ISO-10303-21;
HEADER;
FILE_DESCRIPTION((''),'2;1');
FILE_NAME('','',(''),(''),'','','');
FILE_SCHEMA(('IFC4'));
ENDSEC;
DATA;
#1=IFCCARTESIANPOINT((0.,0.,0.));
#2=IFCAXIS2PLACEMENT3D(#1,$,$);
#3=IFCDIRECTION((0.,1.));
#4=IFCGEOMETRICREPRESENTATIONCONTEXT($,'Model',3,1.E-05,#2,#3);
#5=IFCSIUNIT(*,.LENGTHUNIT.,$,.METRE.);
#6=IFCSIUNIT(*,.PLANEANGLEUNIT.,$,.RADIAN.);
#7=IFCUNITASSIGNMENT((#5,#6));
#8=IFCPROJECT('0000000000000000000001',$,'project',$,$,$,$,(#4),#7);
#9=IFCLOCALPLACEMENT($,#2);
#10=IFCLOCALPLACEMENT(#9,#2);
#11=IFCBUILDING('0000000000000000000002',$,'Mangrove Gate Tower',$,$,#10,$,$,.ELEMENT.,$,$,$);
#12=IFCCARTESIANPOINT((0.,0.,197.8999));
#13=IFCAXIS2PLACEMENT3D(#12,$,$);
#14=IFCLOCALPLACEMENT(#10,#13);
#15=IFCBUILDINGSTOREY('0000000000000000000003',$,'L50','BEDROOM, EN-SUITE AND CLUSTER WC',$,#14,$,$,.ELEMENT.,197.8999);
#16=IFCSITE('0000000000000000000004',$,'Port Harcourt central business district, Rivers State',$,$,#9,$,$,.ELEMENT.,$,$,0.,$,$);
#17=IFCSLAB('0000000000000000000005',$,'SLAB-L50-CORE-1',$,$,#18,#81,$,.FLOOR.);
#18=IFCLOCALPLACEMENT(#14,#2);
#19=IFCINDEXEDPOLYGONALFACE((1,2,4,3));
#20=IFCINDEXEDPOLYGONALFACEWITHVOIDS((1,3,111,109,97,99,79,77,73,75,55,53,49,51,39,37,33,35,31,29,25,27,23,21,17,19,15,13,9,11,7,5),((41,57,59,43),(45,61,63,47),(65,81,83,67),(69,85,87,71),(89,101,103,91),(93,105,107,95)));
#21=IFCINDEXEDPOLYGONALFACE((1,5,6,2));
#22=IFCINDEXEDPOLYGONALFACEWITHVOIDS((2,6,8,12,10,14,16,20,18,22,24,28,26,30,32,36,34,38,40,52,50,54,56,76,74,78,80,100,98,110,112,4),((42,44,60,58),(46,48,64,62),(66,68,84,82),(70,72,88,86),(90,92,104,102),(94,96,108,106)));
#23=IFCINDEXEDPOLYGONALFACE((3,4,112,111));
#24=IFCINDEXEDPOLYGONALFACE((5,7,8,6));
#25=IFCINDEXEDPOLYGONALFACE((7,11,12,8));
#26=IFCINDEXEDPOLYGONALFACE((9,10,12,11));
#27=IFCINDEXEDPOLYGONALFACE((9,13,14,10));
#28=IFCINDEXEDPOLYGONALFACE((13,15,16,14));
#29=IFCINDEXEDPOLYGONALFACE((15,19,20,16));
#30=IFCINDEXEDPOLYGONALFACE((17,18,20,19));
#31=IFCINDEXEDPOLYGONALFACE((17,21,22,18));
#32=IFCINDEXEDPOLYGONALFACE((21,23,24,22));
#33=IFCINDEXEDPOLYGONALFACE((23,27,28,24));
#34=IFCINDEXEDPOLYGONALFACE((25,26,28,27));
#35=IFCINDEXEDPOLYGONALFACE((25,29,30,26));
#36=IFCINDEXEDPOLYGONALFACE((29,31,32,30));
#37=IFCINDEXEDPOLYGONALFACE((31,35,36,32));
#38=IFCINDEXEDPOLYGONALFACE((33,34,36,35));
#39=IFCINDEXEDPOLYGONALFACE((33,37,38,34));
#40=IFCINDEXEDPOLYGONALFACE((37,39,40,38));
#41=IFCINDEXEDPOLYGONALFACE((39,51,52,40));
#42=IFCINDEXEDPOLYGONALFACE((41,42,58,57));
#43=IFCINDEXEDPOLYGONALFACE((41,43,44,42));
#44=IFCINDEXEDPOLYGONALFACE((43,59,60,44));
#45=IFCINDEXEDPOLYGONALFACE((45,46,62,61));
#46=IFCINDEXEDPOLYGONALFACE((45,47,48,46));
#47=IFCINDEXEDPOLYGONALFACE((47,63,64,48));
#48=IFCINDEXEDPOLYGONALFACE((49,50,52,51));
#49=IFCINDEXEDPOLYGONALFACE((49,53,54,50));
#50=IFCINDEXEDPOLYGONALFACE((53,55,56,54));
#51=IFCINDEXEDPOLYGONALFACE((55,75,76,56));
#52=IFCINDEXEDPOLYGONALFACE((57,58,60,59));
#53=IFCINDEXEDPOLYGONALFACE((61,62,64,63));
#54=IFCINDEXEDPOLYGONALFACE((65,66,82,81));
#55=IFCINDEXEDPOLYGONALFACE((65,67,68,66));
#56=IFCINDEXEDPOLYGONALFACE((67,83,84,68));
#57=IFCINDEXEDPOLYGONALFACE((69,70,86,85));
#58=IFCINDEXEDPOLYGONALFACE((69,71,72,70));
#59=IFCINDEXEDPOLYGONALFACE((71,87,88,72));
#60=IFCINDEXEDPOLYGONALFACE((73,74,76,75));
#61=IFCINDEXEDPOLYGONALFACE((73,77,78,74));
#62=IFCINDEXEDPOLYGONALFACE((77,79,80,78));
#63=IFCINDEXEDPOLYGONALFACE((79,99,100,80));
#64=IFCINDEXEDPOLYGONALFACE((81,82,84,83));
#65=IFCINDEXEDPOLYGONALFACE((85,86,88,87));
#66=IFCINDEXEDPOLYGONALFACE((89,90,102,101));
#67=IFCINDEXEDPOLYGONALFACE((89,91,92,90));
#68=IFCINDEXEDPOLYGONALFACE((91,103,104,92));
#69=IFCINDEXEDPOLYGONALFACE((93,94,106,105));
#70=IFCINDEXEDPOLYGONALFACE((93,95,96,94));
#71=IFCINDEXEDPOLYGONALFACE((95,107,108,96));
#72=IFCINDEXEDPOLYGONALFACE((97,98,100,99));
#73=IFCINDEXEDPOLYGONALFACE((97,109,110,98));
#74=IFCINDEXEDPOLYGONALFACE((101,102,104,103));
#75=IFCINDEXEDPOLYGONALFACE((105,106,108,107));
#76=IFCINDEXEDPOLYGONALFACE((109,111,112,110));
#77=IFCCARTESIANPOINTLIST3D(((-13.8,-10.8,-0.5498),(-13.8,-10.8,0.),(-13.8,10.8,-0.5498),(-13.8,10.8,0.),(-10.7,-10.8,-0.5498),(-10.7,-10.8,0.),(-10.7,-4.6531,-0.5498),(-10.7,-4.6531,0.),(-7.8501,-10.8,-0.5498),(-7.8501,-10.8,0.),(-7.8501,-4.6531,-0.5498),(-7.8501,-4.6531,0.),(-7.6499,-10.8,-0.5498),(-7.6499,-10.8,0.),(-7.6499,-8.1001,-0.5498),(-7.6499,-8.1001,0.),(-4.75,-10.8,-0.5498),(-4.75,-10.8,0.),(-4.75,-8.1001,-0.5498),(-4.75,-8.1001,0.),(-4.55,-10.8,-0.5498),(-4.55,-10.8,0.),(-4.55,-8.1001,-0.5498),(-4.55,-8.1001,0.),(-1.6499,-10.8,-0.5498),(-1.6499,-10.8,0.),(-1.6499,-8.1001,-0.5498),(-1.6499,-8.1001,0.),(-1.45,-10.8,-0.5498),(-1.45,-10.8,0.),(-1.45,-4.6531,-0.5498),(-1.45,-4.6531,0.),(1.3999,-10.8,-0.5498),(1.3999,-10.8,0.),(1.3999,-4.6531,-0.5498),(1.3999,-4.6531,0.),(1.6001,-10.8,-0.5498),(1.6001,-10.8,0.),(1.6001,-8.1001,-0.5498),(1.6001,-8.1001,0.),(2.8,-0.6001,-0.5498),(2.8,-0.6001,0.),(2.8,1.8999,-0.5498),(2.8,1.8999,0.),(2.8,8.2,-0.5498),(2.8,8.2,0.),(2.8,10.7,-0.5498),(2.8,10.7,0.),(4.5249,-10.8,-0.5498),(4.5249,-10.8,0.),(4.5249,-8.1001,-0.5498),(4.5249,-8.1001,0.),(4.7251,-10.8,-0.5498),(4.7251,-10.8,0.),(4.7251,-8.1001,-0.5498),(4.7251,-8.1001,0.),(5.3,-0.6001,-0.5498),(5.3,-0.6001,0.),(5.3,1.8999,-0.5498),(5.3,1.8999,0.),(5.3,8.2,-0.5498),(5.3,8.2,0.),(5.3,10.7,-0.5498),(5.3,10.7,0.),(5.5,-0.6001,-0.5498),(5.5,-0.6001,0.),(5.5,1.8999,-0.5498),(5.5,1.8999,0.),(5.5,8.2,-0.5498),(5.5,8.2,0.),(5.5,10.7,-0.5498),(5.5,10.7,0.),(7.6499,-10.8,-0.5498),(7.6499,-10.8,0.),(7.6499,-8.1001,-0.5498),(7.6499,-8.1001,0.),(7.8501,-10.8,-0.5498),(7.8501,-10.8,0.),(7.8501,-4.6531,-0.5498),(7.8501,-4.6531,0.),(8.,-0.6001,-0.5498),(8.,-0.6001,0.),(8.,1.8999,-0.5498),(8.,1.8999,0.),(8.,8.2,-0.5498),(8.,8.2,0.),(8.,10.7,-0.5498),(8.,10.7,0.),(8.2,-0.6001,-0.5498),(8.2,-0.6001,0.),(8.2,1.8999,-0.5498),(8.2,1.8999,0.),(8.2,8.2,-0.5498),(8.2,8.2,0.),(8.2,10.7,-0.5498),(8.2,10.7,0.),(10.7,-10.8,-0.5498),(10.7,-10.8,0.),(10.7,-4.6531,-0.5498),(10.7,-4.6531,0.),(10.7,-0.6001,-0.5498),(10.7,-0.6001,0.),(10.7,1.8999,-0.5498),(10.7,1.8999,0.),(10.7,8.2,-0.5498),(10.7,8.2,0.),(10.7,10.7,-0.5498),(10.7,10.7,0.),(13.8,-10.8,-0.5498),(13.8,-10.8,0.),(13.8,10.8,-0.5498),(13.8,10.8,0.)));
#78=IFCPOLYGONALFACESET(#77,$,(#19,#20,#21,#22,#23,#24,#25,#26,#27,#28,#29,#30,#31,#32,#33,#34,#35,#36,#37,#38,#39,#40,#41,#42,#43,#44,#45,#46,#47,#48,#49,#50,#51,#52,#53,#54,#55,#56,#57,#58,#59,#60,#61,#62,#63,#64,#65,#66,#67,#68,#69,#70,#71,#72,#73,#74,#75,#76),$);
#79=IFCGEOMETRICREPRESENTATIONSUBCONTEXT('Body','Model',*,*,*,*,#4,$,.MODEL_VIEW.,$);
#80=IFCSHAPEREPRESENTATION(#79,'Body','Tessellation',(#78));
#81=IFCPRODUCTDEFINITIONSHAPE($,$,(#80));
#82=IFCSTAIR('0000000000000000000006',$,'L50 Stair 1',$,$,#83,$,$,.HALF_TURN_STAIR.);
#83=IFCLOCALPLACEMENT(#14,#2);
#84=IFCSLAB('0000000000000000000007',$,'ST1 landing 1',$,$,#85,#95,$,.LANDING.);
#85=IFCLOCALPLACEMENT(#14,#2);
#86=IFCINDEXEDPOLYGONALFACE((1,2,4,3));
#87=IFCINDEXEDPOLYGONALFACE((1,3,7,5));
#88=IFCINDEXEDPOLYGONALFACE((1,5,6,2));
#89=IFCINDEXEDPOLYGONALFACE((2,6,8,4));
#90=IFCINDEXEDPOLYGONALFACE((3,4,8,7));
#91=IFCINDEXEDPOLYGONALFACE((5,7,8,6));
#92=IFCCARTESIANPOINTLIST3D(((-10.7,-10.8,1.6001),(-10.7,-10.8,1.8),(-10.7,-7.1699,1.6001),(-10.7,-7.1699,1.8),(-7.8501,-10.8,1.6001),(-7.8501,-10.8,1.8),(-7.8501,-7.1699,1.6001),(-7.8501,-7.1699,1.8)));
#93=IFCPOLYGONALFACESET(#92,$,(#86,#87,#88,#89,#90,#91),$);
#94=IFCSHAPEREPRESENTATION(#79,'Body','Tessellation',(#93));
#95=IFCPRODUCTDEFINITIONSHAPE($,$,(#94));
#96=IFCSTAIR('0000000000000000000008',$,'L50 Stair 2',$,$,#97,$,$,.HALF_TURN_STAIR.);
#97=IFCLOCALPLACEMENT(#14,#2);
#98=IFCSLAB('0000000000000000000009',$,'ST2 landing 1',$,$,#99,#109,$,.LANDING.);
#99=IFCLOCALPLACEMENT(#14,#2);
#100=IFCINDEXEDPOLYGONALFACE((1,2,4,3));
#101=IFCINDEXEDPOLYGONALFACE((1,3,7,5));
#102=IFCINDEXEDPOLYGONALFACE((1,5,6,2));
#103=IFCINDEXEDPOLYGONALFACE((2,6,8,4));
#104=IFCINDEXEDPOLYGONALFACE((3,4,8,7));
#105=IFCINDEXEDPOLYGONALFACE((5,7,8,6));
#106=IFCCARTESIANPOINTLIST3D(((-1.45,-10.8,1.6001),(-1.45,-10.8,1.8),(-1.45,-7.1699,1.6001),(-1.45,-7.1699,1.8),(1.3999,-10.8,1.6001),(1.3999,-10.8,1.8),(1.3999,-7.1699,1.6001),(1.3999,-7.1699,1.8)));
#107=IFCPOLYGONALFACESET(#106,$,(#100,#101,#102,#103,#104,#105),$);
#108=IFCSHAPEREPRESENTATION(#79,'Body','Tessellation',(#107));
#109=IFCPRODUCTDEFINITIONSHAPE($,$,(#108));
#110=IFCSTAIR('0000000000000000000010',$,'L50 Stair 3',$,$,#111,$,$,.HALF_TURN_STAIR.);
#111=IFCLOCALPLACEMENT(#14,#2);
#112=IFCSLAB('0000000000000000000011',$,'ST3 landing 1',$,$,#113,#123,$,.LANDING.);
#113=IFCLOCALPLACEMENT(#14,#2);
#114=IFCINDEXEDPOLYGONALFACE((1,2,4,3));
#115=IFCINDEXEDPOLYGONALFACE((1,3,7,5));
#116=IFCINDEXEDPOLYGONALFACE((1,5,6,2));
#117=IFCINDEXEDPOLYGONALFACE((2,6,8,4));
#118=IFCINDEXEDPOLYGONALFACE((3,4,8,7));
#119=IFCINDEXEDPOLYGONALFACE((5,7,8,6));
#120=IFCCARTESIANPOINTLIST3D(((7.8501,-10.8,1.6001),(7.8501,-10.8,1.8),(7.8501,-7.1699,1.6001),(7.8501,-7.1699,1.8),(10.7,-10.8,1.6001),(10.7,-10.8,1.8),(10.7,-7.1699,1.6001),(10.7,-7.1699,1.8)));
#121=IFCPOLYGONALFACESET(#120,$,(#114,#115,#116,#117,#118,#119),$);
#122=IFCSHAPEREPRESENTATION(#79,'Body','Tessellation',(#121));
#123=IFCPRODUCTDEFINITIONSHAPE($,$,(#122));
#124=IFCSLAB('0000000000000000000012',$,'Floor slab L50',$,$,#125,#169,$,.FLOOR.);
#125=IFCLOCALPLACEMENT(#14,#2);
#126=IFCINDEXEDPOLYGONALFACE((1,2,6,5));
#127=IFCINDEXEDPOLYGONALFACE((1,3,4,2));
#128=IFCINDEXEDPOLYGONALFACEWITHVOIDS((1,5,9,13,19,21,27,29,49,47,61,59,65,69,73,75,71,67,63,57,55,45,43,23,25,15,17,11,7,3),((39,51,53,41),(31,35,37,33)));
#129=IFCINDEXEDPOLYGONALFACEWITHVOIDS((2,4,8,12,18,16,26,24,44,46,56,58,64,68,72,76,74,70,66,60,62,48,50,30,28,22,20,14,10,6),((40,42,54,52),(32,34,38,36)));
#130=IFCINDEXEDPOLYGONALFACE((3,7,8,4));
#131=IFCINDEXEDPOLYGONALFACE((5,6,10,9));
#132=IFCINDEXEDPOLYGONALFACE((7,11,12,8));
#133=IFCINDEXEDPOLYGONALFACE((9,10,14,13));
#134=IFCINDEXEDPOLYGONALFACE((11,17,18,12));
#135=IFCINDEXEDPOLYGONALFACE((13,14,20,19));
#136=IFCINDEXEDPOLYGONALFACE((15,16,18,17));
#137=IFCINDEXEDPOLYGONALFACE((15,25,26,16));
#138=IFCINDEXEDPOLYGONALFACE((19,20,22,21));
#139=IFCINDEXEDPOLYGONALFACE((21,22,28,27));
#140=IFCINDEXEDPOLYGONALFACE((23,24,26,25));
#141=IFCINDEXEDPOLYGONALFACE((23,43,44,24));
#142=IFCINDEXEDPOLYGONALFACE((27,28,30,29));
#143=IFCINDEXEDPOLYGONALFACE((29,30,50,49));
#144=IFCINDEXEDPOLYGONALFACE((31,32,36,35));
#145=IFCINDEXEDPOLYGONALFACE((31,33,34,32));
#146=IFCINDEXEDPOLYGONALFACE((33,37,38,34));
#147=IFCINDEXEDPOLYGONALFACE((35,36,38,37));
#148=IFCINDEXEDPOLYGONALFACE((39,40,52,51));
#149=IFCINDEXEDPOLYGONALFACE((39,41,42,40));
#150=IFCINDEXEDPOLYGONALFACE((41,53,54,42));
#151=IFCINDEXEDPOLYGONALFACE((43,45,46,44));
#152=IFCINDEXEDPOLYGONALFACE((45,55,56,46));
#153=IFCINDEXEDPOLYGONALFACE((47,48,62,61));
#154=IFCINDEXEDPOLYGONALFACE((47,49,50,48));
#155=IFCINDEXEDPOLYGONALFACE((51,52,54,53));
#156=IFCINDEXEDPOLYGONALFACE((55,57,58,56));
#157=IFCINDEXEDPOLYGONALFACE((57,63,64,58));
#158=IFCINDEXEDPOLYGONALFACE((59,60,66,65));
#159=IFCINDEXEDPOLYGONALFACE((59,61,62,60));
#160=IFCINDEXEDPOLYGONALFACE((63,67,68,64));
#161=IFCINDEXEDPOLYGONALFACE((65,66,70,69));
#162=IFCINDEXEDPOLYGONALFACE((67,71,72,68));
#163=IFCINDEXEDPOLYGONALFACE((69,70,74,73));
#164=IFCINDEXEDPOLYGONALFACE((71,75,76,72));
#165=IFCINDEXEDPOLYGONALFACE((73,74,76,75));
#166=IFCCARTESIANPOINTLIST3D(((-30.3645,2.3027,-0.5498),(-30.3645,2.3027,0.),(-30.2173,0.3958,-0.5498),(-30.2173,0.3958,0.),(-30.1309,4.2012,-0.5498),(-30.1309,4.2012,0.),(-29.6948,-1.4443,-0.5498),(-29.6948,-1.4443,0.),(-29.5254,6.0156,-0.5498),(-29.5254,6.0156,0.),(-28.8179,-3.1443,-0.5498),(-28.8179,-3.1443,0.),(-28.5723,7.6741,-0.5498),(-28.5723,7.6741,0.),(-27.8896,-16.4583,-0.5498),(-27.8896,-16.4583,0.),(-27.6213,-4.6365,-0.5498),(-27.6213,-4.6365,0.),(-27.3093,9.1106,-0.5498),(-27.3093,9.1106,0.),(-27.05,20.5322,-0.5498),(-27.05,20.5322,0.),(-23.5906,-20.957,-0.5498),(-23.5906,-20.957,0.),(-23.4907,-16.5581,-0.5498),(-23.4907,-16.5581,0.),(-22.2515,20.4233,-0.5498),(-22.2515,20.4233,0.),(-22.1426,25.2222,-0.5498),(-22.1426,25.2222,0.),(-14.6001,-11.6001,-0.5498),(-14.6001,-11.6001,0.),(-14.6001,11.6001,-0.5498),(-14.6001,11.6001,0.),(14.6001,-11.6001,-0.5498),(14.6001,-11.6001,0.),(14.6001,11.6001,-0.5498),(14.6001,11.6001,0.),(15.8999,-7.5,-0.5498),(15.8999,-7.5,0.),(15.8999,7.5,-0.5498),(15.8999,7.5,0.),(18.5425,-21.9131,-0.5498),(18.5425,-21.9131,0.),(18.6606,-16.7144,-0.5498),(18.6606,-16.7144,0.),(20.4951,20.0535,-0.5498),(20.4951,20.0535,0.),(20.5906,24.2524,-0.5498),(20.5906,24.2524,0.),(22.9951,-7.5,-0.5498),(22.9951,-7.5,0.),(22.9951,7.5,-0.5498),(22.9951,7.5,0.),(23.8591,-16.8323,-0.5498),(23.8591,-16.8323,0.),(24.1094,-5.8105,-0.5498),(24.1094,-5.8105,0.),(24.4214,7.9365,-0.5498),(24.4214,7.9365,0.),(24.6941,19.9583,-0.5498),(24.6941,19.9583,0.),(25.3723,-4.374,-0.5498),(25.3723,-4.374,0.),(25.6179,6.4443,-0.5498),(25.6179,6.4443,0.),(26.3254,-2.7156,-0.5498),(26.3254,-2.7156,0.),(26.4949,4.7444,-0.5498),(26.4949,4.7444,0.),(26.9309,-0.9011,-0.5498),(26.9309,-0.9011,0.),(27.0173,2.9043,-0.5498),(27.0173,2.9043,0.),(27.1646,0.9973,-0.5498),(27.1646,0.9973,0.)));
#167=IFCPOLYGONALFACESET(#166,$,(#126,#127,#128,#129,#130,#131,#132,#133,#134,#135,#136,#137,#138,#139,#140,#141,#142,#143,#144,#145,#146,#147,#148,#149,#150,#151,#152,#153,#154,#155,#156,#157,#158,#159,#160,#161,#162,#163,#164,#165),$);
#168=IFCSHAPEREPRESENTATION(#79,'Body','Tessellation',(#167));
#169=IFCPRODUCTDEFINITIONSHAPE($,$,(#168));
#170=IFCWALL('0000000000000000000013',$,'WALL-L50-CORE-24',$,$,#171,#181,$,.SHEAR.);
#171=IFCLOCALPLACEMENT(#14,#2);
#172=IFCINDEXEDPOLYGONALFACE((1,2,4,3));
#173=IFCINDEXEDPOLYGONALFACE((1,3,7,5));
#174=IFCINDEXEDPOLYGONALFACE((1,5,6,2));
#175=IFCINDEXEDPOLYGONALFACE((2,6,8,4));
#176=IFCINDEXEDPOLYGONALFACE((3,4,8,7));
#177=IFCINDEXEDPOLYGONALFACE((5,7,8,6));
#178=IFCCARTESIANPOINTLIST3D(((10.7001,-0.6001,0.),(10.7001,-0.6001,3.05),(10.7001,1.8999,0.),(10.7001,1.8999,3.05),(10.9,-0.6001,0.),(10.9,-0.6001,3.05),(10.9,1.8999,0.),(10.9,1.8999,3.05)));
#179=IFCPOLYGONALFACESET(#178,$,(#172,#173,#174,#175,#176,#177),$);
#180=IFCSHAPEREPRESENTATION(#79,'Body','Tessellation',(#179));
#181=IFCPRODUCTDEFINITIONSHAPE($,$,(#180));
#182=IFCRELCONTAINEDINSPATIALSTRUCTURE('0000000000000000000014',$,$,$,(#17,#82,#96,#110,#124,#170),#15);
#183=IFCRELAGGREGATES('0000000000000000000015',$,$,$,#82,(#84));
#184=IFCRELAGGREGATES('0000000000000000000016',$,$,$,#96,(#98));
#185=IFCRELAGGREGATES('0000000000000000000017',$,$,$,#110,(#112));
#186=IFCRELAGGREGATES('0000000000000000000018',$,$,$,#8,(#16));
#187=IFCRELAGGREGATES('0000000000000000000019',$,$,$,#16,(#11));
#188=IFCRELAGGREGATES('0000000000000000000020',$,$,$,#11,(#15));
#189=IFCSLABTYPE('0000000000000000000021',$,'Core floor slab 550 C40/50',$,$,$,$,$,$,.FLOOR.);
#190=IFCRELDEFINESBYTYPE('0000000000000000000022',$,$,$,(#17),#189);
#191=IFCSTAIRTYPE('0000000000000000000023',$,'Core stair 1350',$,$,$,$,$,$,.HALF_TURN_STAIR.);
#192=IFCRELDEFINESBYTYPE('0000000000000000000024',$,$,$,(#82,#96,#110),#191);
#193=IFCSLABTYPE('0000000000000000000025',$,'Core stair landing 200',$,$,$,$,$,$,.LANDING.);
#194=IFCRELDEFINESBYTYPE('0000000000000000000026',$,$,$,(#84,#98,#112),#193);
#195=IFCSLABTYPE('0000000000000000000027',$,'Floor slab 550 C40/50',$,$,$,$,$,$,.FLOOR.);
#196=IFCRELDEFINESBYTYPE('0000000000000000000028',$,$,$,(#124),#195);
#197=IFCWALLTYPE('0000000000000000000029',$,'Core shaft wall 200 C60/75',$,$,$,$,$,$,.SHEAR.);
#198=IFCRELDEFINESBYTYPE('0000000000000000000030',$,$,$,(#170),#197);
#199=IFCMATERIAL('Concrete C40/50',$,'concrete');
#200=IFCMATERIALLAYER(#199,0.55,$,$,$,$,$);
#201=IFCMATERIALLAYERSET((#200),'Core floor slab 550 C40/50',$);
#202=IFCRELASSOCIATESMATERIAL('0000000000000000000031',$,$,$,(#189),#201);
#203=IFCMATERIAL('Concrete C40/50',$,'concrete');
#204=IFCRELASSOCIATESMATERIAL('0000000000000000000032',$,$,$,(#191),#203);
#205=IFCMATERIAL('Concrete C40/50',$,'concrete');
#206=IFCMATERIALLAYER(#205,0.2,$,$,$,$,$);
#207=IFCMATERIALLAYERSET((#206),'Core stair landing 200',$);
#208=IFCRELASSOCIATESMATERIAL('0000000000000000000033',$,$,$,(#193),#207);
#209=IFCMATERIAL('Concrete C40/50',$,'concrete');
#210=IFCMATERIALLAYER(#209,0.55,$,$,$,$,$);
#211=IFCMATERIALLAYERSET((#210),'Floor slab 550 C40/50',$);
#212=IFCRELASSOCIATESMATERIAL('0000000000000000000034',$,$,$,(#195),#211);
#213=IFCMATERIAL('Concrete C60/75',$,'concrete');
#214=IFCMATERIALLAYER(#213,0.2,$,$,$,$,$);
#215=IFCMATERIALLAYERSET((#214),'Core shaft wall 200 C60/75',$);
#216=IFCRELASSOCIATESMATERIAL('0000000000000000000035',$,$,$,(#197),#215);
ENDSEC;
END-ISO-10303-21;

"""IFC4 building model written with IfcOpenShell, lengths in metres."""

from ifc_helpers import new_model, si_unit, direction, frame, frame_2d, origin, place, context, subcontext, project, spatial, polyline, rectangle, outline, extrude, material, layer, layer_set, type_object, element, aggregate, save


model = new_model("IFC4")

# Units and contexts
model_context = context("Model", 3, precision=1e-05, world=origin(), true_north=direction((0.0, 1.0)))
body_context = subcontext(model_context, "Body", "Model", "MODEL_VIEW")
ifc_project = project(units=[si_unit("LENGTHUNIT", "METRE"), si_unit("PLANEANGLEUNIT", "RADIAN")], contexts=[model_context])

# Site, building, storey
site_placement = place(None, origin())
site = spatial("IfcSite", under=ifc_project, at=site_placement, Name="Port Harcourt central business district, Rivers State", CompositionType="ELEMENT", RefElevation=0.0)
building_placement = place(site_placement, origin())
building = spatial("IfcBuilding", under=site, at=building_placement, Name="Mangrove Gate Tower", CompositionType="ELEMENT")
storey_placement = place(building_placement, frame((0.0, 0.0, 197.8999)))
storey = spatial("IfcBuildingStorey", under=building, at=storey_placement, Name="L50", Description="BEDROOM, EN-SUITE AND CLUSTER WC", CompositionType="ELEMENT", Elevation=197.8999)

# Slab
ifc_material_1 = material(Name="Concrete C40/50", Category="concrete")
ifc_layer_1 = layer(ifc_material_1, 0.55)
ifc_layer_set_1 = layer_set([ifc_layer_1], Name="Core floor slab 550 C40/50")
slab_type_1 = type_object("IfcSlabType", Name="Core floor slab 550 C40/50", PredefinedType="FLOOR", material=ifc_layer_set_1)
slab_1_placement = place(storey_placement, frame((0.0, 0.0, -0.5498)))
element("IfcSlab", 1, at=slab_1_placement, inside=storey, type_object=slab_type_1, Name="SLAB-L50-CORE-1", PredefinedType="FLOOR", context=body_context, shape_type="SweptSolid", body=[
    extrude(outline(polyline([(-13.8, -10.8), (-13.8, 10.8), (13.8, 10.8), (13.8, -10.8), (10.7, -10.8), (10.7, -4.6531), (7.8501, -4.6531), (7.8501, -10.8), (7.6499, -10.8), (7.6499, -8.1001), (4.7251, -8.1001), (4.7251, -10.8), (4.5249, -10.8), (4.5249, -8.1001), (1.6001, -8.1001), (1.6001, -10.8), (1.3999, -10.8), (1.3999, -4.6531), (-1.45, -4.6531), (-1.45, -10.8), (-1.6499, -10.8), (-1.6499, -8.1001), (-4.55, -8.1001), (-4.55, -10.8), (-4.75, -10.8), (-4.75, -8.1001), (-7.6499, -8.1001), (-7.6499, -10.8), (-7.8501, -10.8), (-7.8501, -4.6531), (-10.7, -4.6531), (-10.7, -10.8), (-13.8, -10.8)]), holes=[polyline([(5.3, -0.6001), (5.3, 1.8999), (2.8, 1.8999), (2.8, -0.6001), (5.3, -0.6001)]), polyline([(5.3, 10.7), (2.8, 10.7), (2.8, 8.2), (5.3, 8.2), (5.3, 10.7)]), polyline([(8.0, -0.6001), (8.0, 1.8999), (5.5, 1.8999), (5.5, -0.6001), (8.0, -0.6001)]), polyline([(10.7, -0.6001), (10.7, 1.8999), (8.2, 1.8999), (8.2, -0.6001), (10.7, -0.6001)]), polyline([(8.0, 8.2), (8.0, 10.7), (5.5, 10.7), (5.5, 8.2), (8.0, 8.2)]), polyline([(10.7, 8.2), (10.7, 10.7), (8.2, 10.7), (8.2, 8.2), (10.7, 8.2)])]), origin(), (0.0, 0.0, 1.0), 0.5498),
])

# Stairs, slabs
ifc_material_2 = material(Name="Concrete C40/50", Category="concrete")
stair_type = type_object("IfcStairType", Name="Core stair 1350", PredefinedType="HALF_TURN_STAIR", material=ifc_material_2)
stair_1_placement = place(storey_placement, origin())
stair_1 = element("IfcStair", 2, at=stair_1_placement, inside=storey, type_object=stair_type, Name="L50 Stair 1", PredefinedType="HALF_TURN_STAIR")
ifc_material_3 = material(Name="Concrete C40/50", Category="concrete")
ifc_layer_2 = layer(ifc_material_3, 0.2)
ifc_layer_set_2 = layer_set([ifc_layer_2], Name="Core stair landing 200")
slab_type_2 = type_object("IfcSlabType", Name="Core stair landing 200", PredefinedType="LANDING", material=ifc_layer_set_2)
slab_2_placement = place(storey_placement, frame((0.0, 0.0, 1.6001)))
slab_2 = element("IfcSlab", 3, at=slab_2_placement, type_object=slab_type_2, Name="ST1 landing 1", PredefinedType="LANDING", context=body_context, shape_type="SweptSolid", body=[
    extrude(outline(polyline([(-10.7, -7.1699), (-10.7, -10.8), (-7.8501, -10.8), (-7.8501, -7.1699), (-10.7, -7.1699)])), origin(), (0.0, 0.0, 1.0), 0.2),
])
aggregate(stair_1, [slab_2])
stair_2_placement = place(storey_placement, origin())
stair_2 = element("IfcStair", 4, at=stair_2_placement, inside=storey, type_object=stair_type, Name="L50 Stair 2", PredefinedType="HALF_TURN_STAIR")
slab_3_placement = place(storey_placement, frame((0.0, 0.0, 1.6001)))
slab_3 = element("IfcSlab", 5, at=slab_3_placement, type_object=slab_type_2, Name="ST2 landing 1", PredefinedType="LANDING", context=body_context, shape_type="SweptSolid", body=[
    extrude(outline(polyline([(-1.45, -7.1699), (-1.45, -10.8), (1.3999, -10.8), (1.3999, -7.1699), (-1.45, -7.1699)])), origin(), (0.0, 0.0, 1.0), 0.2),
])
aggregate(stair_2, [slab_3])
stair_3_placement = place(storey_placement, origin())
stair_3 = element("IfcStair", 6, at=stair_3_placement, inside=storey, type_object=stair_type, Name="L50 Stair 3", PredefinedType="HALF_TURN_STAIR")
slab_4_placement = place(storey_placement, frame((0.0, 0.0, 1.6001)))
slab_4 = element("IfcSlab", 7, at=slab_4_placement, type_object=slab_type_2, Name="ST3 landing 1", PredefinedType="LANDING", context=body_context, shape_type="SweptSolid", body=[
    extrude(outline(polyline([(7.8501, -7.1699), (7.8501, -10.8), (10.7, -10.8), (10.7, -7.1699), (7.8501, -7.1699)])), origin(), (0.0, 0.0, 1.0), 0.2),
])
aggregate(stair_3, [slab_4])

# Slab
ifc_material_4 = material(Name="Concrete C40/50", Category="concrete")
ifc_layer_3 = layer(ifc_material_4, 0.55)
ifc_layer_set_3 = layer_set([ifc_layer_3], Name="Floor slab 550 C40/50")
slab_type_3 = type_object("IfcSlabType", Name="Floor slab 550 C40/50", PredefinedType="FLOOR", material=ifc_layer_set_3)
slab_5_placement = place(storey_placement, frame((0.0, 0.0, -0.5498)))
element("IfcSlab", 8, at=slab_5_placement, inside=storey, type_object=slab_type_3, Name="Floor slab L50", PredefinedType="FLOOR", context=body_context, shape_type="SweptSolid", body=[
    extrude(outline(polyline([(-23.5906, -20.957), (18.5425, -21.9131), (18.6606, -16.7144), (23.8591, -16.8323), (24.1094, -5.8105), (25.3723, -4.374), (26.3254, -2.7156), (26.9309, -0.9011), (27.1646, 0.9973), (27.0173, 2.9043), (26.4949, 4.7444), (25.6179, 6.4443), (24.4214, 7.9365), (24.6941, 19.9583), (20.4951, 20.0535), (20.5906, 24.2524), (-22.1426, 25.2222), (-22.2515, 20.4233), (-27.05, 20.5322), (-27.3093, 9.1106), (-28.5723, 7.6741), (-29.5254, 6.0156), (-30.1309, 4.2012), (-30.3645, 2.3027), (-30.2173, 0.3958), (-29.6948, -1.4443), (-28.8179, -3.1443), (-27.6213, -4.6365), (-27.8896, -16.4583), (-23.4907, -16.5581), (-23.5906, -20.957)]), holes=[polyline([(15.8999, 7.5), (22.9951, 7.5), (22.9951, -7.5), (15.8999, -7.5), (15.8999, 7.5)]), polyline([(-14.6001, -11.6001), (-14.6001, 11.6001), (14.6001, 11.6001), (14.6001, -11.6001), (-14.6001, -11.6001)])]), origin(), (0.0, 0.0, 1.0), 0.5498),
])

# Wall
ifc_material_5 = material(Name="Concrete C60/75", Category="concrete")
ifc_layer_4 = layer(ifc_material_5, 0.2)
ifc_layer_set_4 = layer_set([ifc_layer_4], Name="Core shaft wall 200 C60/75")
wall_type = type_object("IfcWallType", Name="Core shaft wall 200 C60/75", PredefinedType="SHEAR", material=ifc_layer_set_4)
wall_placement = place(storey_placement, frame((10.8, -0.6001, 0.0), z_axis=(0.0, 0.0, 1.0), x_axis=(0.0, 1.0, 0.0)))
element("IfcWall", 9, at=wall_placement, inside=storey, type_object=wall_type, Name="WALL-L50-CORE-24", PredefinedType="SHEAR", context=body_context, shape_type="SweptSolid", body=[
    extrude(rectangle(XDim=2.5, YDim=0.2, at=frame_2d((1.25, 0.0))), origin(), (0.0, 0.0, 1.0), 3.05),
])

save(model, "model.ifc")
